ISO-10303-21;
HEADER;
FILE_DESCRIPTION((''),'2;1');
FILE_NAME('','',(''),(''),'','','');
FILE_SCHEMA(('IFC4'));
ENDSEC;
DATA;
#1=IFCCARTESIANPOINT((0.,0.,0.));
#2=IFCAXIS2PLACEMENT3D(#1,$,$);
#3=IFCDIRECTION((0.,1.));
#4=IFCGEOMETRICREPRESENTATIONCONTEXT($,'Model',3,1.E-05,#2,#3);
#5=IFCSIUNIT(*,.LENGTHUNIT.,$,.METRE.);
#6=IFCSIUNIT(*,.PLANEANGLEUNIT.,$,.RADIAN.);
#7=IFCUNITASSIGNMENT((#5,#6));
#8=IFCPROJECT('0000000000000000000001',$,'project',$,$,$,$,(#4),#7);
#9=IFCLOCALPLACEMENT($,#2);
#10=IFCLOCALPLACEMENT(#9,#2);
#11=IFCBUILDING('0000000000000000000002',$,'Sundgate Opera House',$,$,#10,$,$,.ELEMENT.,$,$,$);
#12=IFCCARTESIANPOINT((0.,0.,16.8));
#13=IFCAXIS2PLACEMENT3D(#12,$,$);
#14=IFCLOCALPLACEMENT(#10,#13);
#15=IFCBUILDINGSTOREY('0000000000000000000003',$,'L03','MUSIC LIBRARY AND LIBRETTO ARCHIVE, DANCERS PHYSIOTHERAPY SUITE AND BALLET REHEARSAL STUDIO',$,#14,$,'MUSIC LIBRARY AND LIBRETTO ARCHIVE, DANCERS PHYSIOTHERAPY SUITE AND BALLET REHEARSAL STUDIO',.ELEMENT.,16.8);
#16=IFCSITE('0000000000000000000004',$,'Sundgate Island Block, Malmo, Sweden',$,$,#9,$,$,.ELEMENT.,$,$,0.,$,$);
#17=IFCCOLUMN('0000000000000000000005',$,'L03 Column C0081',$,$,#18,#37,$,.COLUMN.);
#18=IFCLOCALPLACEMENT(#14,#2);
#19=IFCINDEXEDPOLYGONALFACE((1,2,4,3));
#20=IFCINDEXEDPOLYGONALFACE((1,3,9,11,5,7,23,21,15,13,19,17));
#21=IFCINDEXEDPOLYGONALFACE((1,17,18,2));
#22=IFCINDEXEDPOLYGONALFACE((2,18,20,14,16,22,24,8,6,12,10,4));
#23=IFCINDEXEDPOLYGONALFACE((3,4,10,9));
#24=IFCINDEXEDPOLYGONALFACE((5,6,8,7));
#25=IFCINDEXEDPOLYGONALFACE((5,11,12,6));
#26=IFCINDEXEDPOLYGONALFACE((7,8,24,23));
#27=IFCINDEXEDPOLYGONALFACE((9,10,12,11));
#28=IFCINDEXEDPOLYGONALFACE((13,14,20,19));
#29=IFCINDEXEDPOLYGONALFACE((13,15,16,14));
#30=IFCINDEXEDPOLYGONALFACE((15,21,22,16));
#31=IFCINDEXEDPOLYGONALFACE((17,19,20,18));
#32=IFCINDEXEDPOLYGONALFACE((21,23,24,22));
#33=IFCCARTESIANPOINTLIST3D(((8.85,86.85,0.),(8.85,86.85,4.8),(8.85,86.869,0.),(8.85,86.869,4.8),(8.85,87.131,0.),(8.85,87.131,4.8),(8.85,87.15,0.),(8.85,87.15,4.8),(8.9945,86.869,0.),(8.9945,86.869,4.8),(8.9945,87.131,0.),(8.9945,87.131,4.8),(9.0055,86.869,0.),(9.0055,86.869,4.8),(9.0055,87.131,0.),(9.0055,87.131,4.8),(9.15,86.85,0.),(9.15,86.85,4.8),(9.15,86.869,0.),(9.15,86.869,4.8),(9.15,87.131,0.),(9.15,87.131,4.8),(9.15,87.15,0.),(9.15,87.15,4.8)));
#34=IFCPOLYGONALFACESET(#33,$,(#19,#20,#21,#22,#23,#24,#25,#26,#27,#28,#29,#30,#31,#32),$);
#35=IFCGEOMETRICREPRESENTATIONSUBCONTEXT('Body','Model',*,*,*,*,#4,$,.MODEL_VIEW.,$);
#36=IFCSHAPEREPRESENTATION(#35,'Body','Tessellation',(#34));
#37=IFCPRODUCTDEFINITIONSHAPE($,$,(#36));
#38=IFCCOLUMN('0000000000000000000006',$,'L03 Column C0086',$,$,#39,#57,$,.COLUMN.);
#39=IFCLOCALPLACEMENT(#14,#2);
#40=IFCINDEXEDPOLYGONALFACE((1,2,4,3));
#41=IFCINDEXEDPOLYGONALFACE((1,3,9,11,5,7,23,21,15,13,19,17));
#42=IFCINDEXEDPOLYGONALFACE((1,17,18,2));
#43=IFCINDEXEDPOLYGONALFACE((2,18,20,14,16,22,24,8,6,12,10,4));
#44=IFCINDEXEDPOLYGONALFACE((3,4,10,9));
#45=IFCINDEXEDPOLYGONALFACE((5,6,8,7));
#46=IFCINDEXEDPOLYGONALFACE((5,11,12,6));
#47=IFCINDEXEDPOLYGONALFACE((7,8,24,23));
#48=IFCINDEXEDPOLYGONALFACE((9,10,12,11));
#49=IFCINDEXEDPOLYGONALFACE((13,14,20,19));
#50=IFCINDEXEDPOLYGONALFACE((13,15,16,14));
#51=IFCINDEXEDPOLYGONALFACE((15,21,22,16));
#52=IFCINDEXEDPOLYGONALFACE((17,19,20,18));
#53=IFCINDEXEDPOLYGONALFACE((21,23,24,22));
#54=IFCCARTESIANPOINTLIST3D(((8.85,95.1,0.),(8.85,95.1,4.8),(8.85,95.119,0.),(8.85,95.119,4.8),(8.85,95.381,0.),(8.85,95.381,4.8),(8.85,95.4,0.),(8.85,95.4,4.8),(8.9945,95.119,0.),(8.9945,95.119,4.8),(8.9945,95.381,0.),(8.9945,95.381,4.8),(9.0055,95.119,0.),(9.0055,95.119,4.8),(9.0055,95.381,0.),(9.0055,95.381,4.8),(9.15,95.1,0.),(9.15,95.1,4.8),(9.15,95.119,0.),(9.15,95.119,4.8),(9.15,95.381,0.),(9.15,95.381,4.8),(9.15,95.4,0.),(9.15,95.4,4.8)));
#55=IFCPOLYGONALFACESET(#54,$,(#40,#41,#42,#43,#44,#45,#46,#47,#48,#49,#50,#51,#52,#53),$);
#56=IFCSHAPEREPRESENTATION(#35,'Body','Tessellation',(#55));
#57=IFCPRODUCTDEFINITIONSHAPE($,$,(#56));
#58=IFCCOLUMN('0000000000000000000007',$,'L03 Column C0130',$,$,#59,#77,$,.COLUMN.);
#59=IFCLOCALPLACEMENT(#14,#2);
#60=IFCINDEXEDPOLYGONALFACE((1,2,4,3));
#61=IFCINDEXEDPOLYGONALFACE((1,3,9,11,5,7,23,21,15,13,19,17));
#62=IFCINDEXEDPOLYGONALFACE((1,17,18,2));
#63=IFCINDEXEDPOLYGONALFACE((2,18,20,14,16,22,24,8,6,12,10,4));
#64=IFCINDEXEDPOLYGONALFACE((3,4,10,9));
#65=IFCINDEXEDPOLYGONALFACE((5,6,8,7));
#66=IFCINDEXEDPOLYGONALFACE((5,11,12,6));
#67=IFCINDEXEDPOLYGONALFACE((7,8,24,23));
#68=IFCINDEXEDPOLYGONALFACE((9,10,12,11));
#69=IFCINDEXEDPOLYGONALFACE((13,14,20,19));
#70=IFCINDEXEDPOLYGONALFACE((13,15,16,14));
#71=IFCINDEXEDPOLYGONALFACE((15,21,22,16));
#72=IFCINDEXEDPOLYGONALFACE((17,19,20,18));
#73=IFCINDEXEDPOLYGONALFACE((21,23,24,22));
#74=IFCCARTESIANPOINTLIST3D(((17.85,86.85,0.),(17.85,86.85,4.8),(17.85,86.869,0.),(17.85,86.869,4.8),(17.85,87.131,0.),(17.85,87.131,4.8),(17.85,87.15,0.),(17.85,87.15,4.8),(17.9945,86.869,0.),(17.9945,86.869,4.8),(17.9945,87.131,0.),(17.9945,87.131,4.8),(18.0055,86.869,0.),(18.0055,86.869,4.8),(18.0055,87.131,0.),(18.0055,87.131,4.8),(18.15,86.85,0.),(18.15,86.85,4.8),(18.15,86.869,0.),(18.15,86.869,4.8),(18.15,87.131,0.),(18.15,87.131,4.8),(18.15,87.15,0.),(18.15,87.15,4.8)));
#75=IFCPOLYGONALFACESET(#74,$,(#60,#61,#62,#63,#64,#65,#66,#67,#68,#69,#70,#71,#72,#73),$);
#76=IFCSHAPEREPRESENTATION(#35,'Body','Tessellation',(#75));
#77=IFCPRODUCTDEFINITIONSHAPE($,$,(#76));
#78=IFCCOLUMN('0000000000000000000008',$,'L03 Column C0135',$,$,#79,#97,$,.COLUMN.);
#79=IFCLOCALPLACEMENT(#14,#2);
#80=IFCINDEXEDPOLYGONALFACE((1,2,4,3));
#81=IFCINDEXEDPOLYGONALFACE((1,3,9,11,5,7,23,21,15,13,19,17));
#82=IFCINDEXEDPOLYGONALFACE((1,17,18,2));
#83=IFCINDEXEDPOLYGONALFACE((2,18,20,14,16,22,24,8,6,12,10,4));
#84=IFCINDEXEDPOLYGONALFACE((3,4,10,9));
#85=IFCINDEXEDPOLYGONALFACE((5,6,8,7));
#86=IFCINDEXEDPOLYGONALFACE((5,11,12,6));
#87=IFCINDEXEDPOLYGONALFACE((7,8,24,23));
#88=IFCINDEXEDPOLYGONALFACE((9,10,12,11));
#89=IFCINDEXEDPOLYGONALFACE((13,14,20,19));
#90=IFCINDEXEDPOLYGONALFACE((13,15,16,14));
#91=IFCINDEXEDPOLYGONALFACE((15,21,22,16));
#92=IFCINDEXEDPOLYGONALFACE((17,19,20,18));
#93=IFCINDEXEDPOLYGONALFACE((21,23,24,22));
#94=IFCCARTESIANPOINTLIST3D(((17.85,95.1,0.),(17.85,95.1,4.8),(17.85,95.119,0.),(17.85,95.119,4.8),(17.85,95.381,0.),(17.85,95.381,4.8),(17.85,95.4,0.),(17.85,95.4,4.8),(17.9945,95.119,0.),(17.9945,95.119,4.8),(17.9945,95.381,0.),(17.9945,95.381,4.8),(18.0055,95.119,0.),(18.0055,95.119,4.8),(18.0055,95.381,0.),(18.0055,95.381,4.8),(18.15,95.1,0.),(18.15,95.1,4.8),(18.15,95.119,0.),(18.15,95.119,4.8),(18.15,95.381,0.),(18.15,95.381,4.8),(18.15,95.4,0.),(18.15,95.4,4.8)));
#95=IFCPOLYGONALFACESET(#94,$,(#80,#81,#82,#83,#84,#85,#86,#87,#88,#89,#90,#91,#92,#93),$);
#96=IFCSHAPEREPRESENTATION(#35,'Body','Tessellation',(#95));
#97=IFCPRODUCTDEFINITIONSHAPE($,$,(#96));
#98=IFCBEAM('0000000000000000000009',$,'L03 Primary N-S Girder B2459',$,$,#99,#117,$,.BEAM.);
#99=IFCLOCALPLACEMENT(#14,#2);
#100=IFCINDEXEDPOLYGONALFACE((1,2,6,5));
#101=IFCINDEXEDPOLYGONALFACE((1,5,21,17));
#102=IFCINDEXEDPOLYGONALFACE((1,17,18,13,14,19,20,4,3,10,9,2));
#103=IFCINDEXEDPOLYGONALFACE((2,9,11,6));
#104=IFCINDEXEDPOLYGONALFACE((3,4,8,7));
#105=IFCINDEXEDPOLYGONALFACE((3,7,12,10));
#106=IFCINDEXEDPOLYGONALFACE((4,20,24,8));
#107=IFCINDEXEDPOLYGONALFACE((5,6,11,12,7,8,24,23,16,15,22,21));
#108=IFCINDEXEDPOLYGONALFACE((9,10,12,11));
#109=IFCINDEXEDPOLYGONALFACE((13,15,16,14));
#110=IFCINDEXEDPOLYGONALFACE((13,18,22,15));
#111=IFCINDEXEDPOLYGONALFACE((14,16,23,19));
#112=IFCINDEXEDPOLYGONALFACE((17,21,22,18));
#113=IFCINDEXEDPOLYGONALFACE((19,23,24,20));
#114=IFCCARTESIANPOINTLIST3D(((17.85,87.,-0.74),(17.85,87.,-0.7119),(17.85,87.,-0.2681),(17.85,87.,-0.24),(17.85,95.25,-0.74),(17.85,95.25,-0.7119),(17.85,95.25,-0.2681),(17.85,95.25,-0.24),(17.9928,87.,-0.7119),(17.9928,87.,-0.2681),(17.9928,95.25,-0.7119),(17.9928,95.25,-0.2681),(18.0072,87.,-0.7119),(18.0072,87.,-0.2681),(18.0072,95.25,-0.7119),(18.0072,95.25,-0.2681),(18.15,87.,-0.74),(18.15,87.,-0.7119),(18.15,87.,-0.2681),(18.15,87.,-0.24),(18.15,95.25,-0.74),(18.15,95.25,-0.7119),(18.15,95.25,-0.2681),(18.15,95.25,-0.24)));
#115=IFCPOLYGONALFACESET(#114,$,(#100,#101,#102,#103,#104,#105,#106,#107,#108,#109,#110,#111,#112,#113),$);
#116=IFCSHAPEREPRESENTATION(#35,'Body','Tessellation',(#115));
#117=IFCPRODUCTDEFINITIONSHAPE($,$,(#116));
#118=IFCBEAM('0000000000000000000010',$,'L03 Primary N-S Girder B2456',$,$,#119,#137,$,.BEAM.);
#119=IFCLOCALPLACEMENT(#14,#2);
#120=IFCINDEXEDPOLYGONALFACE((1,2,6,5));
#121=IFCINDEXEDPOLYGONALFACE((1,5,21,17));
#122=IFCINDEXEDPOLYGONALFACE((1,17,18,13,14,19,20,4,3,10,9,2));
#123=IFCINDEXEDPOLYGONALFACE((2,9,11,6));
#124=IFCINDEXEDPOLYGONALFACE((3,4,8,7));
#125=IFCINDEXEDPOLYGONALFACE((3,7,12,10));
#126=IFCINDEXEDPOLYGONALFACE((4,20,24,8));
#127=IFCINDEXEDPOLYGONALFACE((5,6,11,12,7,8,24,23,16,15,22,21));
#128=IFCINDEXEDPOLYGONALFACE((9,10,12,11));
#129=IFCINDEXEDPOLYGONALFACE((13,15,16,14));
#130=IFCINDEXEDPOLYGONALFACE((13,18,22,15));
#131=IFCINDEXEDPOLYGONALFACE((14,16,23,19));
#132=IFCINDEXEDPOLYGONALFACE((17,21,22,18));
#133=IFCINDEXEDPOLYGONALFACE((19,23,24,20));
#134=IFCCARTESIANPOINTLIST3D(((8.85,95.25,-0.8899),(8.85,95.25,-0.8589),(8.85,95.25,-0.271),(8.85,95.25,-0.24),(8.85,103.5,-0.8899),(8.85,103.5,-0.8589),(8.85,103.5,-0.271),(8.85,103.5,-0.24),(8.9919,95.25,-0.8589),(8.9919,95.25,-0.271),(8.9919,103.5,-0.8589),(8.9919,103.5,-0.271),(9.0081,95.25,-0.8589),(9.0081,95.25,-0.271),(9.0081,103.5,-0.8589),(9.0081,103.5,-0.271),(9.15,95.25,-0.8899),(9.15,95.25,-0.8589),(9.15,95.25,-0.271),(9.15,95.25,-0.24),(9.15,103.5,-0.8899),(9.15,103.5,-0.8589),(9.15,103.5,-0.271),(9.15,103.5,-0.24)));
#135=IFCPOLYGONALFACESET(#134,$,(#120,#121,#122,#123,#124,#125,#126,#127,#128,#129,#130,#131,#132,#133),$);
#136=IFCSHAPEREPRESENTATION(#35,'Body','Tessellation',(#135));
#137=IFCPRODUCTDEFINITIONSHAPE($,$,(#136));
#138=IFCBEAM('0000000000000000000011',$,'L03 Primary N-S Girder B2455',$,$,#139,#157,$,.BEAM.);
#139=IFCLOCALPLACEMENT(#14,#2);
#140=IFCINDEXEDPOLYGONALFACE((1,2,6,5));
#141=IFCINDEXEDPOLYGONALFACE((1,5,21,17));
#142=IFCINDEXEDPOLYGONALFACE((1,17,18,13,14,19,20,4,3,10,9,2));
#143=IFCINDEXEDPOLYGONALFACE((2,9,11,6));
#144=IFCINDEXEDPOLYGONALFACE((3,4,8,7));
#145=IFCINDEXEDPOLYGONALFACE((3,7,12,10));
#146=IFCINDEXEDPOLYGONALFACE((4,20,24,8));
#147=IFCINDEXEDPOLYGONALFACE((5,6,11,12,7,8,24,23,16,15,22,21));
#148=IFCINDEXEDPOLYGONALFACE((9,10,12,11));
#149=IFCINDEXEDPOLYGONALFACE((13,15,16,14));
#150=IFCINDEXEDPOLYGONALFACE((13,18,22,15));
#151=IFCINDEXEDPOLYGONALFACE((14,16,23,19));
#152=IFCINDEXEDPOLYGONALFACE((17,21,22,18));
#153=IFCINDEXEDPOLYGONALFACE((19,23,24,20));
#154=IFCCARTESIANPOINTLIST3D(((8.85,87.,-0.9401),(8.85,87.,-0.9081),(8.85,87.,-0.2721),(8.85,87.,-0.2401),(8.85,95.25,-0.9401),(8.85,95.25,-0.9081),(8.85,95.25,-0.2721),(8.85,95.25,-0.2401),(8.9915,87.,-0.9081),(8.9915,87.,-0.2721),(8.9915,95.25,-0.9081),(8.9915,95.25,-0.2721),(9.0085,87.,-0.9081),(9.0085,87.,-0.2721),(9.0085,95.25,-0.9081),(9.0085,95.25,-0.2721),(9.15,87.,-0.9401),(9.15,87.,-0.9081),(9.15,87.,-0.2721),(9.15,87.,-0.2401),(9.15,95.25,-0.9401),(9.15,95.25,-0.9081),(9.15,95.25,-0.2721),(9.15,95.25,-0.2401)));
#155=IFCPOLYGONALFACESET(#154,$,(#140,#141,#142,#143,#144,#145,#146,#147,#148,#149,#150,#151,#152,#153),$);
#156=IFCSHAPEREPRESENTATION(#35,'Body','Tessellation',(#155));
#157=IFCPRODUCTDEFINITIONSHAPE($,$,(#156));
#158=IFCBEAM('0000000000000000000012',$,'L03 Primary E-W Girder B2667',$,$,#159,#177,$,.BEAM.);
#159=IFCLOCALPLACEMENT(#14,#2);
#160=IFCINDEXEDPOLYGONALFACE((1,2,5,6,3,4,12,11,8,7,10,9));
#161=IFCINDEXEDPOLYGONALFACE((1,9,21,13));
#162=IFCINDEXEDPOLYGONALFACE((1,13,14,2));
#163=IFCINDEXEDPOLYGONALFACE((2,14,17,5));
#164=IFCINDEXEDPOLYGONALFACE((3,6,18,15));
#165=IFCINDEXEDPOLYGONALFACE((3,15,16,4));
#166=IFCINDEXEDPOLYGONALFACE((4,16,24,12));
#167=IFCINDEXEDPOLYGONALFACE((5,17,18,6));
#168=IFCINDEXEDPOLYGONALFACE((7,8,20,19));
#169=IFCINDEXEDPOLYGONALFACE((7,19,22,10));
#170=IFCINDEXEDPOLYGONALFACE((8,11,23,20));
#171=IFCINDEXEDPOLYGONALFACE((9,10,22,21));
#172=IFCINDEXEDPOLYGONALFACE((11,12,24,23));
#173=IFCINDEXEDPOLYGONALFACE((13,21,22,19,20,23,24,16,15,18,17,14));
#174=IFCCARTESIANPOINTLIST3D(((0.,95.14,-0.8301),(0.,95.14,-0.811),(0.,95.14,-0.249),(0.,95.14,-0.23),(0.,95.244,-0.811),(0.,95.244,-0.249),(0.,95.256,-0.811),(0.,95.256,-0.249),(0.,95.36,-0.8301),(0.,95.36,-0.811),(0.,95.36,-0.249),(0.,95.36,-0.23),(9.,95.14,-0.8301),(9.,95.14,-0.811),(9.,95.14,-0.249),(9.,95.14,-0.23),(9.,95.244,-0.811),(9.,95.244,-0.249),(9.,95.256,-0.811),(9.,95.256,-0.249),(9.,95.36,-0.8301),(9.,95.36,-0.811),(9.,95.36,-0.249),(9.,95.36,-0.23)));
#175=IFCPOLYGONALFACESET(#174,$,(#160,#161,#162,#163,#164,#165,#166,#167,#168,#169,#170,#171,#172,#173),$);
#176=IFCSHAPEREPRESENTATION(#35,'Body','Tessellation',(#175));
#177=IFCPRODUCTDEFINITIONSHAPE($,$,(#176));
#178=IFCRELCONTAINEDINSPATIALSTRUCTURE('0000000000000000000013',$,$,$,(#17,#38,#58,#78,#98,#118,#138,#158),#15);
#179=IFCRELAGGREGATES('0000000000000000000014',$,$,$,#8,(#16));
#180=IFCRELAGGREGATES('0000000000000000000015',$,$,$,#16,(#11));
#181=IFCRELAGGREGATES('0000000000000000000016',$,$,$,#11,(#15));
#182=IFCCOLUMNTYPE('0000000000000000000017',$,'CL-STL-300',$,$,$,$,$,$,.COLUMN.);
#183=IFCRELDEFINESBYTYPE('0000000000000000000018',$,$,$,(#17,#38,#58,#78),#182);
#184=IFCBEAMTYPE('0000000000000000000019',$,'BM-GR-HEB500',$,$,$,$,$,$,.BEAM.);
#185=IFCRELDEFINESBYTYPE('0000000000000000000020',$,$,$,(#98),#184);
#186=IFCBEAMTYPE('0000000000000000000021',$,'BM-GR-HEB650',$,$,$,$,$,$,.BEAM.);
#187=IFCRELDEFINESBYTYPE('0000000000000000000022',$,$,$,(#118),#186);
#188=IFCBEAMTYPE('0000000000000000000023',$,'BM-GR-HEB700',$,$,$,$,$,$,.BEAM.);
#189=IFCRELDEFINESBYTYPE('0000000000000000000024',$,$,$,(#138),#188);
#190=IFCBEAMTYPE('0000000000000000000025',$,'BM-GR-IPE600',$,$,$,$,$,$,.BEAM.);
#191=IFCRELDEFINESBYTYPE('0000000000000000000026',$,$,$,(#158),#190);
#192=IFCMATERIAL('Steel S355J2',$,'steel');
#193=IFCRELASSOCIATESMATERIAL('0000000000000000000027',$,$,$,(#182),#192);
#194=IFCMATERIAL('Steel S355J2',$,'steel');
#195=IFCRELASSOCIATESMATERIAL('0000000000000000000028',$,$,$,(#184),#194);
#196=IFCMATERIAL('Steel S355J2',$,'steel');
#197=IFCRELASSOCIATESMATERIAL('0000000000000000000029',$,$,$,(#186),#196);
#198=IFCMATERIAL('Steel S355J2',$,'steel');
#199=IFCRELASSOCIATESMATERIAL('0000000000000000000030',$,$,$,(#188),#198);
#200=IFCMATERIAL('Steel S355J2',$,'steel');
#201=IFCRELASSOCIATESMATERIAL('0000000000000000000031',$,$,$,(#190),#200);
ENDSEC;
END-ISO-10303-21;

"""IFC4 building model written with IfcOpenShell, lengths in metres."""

from ifc_helpers import new_model, si_unit, direction, frame, origin, origin_2d, place, context, subcontext, project, spatial, i_section, extrude, material, material_profile, profile_set, type_object, element, save


model = new_model("IFC4")

# Units and contexts
model_context = context("Model", 3, precision=1e-05, world=origin(), true_north=direction((0.0, 1.0)))
body_context = subcontext(model_context, "Body", "Model", "MODEL_VIEW")
ifc_project = project(units=[si_unit("LENGTHUNIT", "METRE"), si_unit("PLANEANGLEUNIT", "RADIAN")], contexts=[model_context])

# Site, building, storey
site_placement = place(None, origin())
site = spatial("IfcSite", under=ifc_project, at=site_placement, Name="Sundgate Island Block, Malmo, Sweden", CompositionType="ELEMENT", RefElevation=0.0)
building_placement = place(site_placement, origin())
building = spatial("IfcBuilding", under=site, at=building_placement, Name="Sundgate Opera House", CompositionType="ELEMENT")
storey_placement = place(building_placement, frame((0.0, 0.0, 16.8)))
storey = spatial("IfcBuildingStorey", under=building, at=storey_placement, Name="L03", Description="MUSIC LIBRARY AND LIBRETTO ARCHIVE, DANCERS PHYSIOTHERAPY SUITE AND BALLET REHEARSAL STUDIO", LongName="MUSIC LIBRARY AND LIBRETTO ARCHIVE, DANCERS PHYSIOTHERAPY SUITE AND BALLET REHEARSAL STUDIO", CompositionType="ELEMENT", Elevation=16.8)

# Columns
ifc_material_1 = material(Name="Steel S355J2", Category="steel")
ifc_material_profile_1 = material_profile(ifc_material_1, i_section(OverallWidth=0.3, OverallDepth=0.3, WebThickness=0.011, FlangeThickness=0.019, at=origin_2d()), Name="HEB 300")
ifc_profile_set_1 = profile_set([ifc_material_profile_1], Name="Steel S355J2")
column_type = type_object("IfcColumnType", Name="CL-STL-300", PredefinedType="COLUMN", material=ifc_profile_set_1)
for number, where, z_axis, x_axis, name in (
    (1, (9.0, 87.0, 0.0), (0.0, 0.0, 1.0), (1.0, 0.0, 0.0), "L03 Column C0081"),
    (2, (9.0, 95.25, 0.0), (0.0, 0.0, 1.0), (1.0, 0.0, 0.0), "L03 Column C0086"),
    (3, (18.0, 87.0, 0.0), (0.0, 0.0, 1.0), (1.0, 0.0, 0.0), "L03 Column C0130"),
    (4, (18.0, 95.25, 0.0), (0.0, 0.0, 1.0), (1.0, 0.0, 0.0), "L03 Column C0135"),
):
    element("IfcColumn", number, at=place(storey_placement, frame(where, z_axis=z_axis, x_axis=x_axis)), inside=storey, type_object=column_type, Name=name, PredefinedType="COLUMN", context=body_context, shape_type="SweptSolid", body=[
        extrude(i_section(OverallWidth=0.3, OverallDepth=0.3, WebThickness=0.011, FlangeThickness=0.019, at=origin_2d()), origin(), (0.0, 0.0, 1.0), 4.8),
    ])

# Beams
ifc_material_2 = material(Name="Steel S355J2", Category="steel")
ifc_material_profile_2 = material_profile(ifc_material_2, i_section(OverallWidth=0.3, OverallDepth=0.5, WebThickness=0.0144, FlangeThickness=0.0281, at=origin_2d()), Name="HEB 500")
ifc_profile_set_2 = profile_set([ifc_material_profile_2], Name="Steel S355J2")
beam_type_1 = type_object("IfcBeamType", Name="BM-GR-HEB500", PredefinedType="BEAM", material=ifc_profile_set_2)
beam_1_placement = place(storey_placement, frame((18.0, 87.0, -0.49), z_axis=(0.0, 1.0, 0.0), x_axis=(-1.0, 0.0, 0.0)))
element("IfcBeam", 5, at=beam_1_placement, inside=storey, type_object=beam_type_1, Name="L03 Primary N-S Girder B2459", PredefinedType="BEAM", context=body_context, shape_type="SweptSolid", body=[
    extrude(i_section(OverallWidth=0.3, OverallDepth=0.5, WebThickness=0.0144, FlangeThickness=0.0281, at=origin_2d()), origin(), (0.0, 0.0, 1.0), 8.25),
])
ifc_material_3 = material(Name="Steel S355J2", Category="steel")
ifc_material_profile_3 = material_profile(ifc_material_3, i_section(OverallWidth=0.3, OverallDepth=0.6499, WebThickness=0.0161, FlangeThickness=0.031, at=origin_2d()), Name="HEB 650")
ifc_profile_set_3 = profile_set([ifc_material_profile_3], Name="Steel S355J2")
beam_type_2 = type_object("IfcBeamType", Name="BM-GR-HEB650", PredefinedType="BEAM", material=ifc_profile_set_3)
beam_2_placement = place(storey_placement, frame((9.0, 95.25, -0.5649), z_axis=(0.0, 1.0, 0.0), x_axis=(-1.0, 0.0, 0.0)))
element("IfcBeam", 6, at=beam_2_placement, inside=storey, type_object=beam_type_2, Name="L03 Primary N-S Girder B2456", PredefinedType="BEAM", context=body_context, shape_type="SweptSolid", body=[
    extrude(i_section(OverallWidth=0.3, OverallDepth=0.6499, WebThickness=0.0161, FlangeThickness=0.031, at=origin_2d()), origin(), (0.0, 0.0, 1.0), 8.25),
])
ifc_material_4 = material(Name="Steel S355J2", Category="steel")
ifc_material_profile_4 = material_profile(ifc_material_4, i_section(OverallWidth=0.3, OverallDepth=0.7, WebThickness=0.0171, FlangeThickness=0.032, at=origin_2d()), Name="HEB 700")
ifc_profile_set_4 = profile_set([ifc_material_profile_4], Name="Steel S355J2")
beam_type_3 = type_object("IfcBeamType", Name="BM-GR-HEB700", PredefinedType="BEAM", material=ifc_profile_set_4)
beam_3_placement = place(storey_placement, frame((9.0, 87.0, -0.5901), z_axis=(0.0, 1.0, 0.0), x_axis=(-1.0, 0.0, 0.0)))
element("IfcBeam", 7, at=beam_3_placement, inside=storey, type_object=beam_type_3, Name="L03 Primary N-S Girder B2455", PredefinedType="BEAM", context=body_context, shape_type="SweptSolid", body=[
    extrude(i_section(OverallWidth=0.3, OverallDepth=0.7, WebThickness=0.0171, FlangeThickness=0.032, at=origin_2d()), origin(), (0.0, 0.0, 1.0), 8.25),
])
ifc_material_5 = material(Name="Steel S355J2", Category="steel")
ifc_material_profile_5 = material_profile(ifc_material_5, i_section(OverallWidth=0.22, OverallDepth=0.6001, WebThickness=0.012, FlangeThickness=0.019, at=origin_2d()), Name="IPE 600")
ifc_profile_set_5 = profile_set([ifc_material_profile_5], Name="Steel S355J2")
beam_type_4 = type_object("IfcBeamType", Name="BM-GR-IPE600", PredefinedType="BEAM", material=ifc_profile_set_5)
beam_4_placement = place(storey_placement, frame((0.0, 95.25, -0.53), z_axis=(1.0, 0.0, 0.0), x_axis=(0.0, 1.0, 0.0)))
element("IfcBeam", 8, at=beam_4_placement, inside=storey, type_object=beam_type_4, Name="L03 Primary E-W Girder B2667", PredefinedType="BEAM", context=body_context, shape_type="SweptSolid", body=[
    extrude(i_section(OverallWidth=0.22, OverallDepth=0.6001, WebThickness=0.012, FlangeThickness=0.019, at=origin_2d()), origin(), (0.0, 0.0, 1.0), 9.0),
])

save(model, "model.ifc")
